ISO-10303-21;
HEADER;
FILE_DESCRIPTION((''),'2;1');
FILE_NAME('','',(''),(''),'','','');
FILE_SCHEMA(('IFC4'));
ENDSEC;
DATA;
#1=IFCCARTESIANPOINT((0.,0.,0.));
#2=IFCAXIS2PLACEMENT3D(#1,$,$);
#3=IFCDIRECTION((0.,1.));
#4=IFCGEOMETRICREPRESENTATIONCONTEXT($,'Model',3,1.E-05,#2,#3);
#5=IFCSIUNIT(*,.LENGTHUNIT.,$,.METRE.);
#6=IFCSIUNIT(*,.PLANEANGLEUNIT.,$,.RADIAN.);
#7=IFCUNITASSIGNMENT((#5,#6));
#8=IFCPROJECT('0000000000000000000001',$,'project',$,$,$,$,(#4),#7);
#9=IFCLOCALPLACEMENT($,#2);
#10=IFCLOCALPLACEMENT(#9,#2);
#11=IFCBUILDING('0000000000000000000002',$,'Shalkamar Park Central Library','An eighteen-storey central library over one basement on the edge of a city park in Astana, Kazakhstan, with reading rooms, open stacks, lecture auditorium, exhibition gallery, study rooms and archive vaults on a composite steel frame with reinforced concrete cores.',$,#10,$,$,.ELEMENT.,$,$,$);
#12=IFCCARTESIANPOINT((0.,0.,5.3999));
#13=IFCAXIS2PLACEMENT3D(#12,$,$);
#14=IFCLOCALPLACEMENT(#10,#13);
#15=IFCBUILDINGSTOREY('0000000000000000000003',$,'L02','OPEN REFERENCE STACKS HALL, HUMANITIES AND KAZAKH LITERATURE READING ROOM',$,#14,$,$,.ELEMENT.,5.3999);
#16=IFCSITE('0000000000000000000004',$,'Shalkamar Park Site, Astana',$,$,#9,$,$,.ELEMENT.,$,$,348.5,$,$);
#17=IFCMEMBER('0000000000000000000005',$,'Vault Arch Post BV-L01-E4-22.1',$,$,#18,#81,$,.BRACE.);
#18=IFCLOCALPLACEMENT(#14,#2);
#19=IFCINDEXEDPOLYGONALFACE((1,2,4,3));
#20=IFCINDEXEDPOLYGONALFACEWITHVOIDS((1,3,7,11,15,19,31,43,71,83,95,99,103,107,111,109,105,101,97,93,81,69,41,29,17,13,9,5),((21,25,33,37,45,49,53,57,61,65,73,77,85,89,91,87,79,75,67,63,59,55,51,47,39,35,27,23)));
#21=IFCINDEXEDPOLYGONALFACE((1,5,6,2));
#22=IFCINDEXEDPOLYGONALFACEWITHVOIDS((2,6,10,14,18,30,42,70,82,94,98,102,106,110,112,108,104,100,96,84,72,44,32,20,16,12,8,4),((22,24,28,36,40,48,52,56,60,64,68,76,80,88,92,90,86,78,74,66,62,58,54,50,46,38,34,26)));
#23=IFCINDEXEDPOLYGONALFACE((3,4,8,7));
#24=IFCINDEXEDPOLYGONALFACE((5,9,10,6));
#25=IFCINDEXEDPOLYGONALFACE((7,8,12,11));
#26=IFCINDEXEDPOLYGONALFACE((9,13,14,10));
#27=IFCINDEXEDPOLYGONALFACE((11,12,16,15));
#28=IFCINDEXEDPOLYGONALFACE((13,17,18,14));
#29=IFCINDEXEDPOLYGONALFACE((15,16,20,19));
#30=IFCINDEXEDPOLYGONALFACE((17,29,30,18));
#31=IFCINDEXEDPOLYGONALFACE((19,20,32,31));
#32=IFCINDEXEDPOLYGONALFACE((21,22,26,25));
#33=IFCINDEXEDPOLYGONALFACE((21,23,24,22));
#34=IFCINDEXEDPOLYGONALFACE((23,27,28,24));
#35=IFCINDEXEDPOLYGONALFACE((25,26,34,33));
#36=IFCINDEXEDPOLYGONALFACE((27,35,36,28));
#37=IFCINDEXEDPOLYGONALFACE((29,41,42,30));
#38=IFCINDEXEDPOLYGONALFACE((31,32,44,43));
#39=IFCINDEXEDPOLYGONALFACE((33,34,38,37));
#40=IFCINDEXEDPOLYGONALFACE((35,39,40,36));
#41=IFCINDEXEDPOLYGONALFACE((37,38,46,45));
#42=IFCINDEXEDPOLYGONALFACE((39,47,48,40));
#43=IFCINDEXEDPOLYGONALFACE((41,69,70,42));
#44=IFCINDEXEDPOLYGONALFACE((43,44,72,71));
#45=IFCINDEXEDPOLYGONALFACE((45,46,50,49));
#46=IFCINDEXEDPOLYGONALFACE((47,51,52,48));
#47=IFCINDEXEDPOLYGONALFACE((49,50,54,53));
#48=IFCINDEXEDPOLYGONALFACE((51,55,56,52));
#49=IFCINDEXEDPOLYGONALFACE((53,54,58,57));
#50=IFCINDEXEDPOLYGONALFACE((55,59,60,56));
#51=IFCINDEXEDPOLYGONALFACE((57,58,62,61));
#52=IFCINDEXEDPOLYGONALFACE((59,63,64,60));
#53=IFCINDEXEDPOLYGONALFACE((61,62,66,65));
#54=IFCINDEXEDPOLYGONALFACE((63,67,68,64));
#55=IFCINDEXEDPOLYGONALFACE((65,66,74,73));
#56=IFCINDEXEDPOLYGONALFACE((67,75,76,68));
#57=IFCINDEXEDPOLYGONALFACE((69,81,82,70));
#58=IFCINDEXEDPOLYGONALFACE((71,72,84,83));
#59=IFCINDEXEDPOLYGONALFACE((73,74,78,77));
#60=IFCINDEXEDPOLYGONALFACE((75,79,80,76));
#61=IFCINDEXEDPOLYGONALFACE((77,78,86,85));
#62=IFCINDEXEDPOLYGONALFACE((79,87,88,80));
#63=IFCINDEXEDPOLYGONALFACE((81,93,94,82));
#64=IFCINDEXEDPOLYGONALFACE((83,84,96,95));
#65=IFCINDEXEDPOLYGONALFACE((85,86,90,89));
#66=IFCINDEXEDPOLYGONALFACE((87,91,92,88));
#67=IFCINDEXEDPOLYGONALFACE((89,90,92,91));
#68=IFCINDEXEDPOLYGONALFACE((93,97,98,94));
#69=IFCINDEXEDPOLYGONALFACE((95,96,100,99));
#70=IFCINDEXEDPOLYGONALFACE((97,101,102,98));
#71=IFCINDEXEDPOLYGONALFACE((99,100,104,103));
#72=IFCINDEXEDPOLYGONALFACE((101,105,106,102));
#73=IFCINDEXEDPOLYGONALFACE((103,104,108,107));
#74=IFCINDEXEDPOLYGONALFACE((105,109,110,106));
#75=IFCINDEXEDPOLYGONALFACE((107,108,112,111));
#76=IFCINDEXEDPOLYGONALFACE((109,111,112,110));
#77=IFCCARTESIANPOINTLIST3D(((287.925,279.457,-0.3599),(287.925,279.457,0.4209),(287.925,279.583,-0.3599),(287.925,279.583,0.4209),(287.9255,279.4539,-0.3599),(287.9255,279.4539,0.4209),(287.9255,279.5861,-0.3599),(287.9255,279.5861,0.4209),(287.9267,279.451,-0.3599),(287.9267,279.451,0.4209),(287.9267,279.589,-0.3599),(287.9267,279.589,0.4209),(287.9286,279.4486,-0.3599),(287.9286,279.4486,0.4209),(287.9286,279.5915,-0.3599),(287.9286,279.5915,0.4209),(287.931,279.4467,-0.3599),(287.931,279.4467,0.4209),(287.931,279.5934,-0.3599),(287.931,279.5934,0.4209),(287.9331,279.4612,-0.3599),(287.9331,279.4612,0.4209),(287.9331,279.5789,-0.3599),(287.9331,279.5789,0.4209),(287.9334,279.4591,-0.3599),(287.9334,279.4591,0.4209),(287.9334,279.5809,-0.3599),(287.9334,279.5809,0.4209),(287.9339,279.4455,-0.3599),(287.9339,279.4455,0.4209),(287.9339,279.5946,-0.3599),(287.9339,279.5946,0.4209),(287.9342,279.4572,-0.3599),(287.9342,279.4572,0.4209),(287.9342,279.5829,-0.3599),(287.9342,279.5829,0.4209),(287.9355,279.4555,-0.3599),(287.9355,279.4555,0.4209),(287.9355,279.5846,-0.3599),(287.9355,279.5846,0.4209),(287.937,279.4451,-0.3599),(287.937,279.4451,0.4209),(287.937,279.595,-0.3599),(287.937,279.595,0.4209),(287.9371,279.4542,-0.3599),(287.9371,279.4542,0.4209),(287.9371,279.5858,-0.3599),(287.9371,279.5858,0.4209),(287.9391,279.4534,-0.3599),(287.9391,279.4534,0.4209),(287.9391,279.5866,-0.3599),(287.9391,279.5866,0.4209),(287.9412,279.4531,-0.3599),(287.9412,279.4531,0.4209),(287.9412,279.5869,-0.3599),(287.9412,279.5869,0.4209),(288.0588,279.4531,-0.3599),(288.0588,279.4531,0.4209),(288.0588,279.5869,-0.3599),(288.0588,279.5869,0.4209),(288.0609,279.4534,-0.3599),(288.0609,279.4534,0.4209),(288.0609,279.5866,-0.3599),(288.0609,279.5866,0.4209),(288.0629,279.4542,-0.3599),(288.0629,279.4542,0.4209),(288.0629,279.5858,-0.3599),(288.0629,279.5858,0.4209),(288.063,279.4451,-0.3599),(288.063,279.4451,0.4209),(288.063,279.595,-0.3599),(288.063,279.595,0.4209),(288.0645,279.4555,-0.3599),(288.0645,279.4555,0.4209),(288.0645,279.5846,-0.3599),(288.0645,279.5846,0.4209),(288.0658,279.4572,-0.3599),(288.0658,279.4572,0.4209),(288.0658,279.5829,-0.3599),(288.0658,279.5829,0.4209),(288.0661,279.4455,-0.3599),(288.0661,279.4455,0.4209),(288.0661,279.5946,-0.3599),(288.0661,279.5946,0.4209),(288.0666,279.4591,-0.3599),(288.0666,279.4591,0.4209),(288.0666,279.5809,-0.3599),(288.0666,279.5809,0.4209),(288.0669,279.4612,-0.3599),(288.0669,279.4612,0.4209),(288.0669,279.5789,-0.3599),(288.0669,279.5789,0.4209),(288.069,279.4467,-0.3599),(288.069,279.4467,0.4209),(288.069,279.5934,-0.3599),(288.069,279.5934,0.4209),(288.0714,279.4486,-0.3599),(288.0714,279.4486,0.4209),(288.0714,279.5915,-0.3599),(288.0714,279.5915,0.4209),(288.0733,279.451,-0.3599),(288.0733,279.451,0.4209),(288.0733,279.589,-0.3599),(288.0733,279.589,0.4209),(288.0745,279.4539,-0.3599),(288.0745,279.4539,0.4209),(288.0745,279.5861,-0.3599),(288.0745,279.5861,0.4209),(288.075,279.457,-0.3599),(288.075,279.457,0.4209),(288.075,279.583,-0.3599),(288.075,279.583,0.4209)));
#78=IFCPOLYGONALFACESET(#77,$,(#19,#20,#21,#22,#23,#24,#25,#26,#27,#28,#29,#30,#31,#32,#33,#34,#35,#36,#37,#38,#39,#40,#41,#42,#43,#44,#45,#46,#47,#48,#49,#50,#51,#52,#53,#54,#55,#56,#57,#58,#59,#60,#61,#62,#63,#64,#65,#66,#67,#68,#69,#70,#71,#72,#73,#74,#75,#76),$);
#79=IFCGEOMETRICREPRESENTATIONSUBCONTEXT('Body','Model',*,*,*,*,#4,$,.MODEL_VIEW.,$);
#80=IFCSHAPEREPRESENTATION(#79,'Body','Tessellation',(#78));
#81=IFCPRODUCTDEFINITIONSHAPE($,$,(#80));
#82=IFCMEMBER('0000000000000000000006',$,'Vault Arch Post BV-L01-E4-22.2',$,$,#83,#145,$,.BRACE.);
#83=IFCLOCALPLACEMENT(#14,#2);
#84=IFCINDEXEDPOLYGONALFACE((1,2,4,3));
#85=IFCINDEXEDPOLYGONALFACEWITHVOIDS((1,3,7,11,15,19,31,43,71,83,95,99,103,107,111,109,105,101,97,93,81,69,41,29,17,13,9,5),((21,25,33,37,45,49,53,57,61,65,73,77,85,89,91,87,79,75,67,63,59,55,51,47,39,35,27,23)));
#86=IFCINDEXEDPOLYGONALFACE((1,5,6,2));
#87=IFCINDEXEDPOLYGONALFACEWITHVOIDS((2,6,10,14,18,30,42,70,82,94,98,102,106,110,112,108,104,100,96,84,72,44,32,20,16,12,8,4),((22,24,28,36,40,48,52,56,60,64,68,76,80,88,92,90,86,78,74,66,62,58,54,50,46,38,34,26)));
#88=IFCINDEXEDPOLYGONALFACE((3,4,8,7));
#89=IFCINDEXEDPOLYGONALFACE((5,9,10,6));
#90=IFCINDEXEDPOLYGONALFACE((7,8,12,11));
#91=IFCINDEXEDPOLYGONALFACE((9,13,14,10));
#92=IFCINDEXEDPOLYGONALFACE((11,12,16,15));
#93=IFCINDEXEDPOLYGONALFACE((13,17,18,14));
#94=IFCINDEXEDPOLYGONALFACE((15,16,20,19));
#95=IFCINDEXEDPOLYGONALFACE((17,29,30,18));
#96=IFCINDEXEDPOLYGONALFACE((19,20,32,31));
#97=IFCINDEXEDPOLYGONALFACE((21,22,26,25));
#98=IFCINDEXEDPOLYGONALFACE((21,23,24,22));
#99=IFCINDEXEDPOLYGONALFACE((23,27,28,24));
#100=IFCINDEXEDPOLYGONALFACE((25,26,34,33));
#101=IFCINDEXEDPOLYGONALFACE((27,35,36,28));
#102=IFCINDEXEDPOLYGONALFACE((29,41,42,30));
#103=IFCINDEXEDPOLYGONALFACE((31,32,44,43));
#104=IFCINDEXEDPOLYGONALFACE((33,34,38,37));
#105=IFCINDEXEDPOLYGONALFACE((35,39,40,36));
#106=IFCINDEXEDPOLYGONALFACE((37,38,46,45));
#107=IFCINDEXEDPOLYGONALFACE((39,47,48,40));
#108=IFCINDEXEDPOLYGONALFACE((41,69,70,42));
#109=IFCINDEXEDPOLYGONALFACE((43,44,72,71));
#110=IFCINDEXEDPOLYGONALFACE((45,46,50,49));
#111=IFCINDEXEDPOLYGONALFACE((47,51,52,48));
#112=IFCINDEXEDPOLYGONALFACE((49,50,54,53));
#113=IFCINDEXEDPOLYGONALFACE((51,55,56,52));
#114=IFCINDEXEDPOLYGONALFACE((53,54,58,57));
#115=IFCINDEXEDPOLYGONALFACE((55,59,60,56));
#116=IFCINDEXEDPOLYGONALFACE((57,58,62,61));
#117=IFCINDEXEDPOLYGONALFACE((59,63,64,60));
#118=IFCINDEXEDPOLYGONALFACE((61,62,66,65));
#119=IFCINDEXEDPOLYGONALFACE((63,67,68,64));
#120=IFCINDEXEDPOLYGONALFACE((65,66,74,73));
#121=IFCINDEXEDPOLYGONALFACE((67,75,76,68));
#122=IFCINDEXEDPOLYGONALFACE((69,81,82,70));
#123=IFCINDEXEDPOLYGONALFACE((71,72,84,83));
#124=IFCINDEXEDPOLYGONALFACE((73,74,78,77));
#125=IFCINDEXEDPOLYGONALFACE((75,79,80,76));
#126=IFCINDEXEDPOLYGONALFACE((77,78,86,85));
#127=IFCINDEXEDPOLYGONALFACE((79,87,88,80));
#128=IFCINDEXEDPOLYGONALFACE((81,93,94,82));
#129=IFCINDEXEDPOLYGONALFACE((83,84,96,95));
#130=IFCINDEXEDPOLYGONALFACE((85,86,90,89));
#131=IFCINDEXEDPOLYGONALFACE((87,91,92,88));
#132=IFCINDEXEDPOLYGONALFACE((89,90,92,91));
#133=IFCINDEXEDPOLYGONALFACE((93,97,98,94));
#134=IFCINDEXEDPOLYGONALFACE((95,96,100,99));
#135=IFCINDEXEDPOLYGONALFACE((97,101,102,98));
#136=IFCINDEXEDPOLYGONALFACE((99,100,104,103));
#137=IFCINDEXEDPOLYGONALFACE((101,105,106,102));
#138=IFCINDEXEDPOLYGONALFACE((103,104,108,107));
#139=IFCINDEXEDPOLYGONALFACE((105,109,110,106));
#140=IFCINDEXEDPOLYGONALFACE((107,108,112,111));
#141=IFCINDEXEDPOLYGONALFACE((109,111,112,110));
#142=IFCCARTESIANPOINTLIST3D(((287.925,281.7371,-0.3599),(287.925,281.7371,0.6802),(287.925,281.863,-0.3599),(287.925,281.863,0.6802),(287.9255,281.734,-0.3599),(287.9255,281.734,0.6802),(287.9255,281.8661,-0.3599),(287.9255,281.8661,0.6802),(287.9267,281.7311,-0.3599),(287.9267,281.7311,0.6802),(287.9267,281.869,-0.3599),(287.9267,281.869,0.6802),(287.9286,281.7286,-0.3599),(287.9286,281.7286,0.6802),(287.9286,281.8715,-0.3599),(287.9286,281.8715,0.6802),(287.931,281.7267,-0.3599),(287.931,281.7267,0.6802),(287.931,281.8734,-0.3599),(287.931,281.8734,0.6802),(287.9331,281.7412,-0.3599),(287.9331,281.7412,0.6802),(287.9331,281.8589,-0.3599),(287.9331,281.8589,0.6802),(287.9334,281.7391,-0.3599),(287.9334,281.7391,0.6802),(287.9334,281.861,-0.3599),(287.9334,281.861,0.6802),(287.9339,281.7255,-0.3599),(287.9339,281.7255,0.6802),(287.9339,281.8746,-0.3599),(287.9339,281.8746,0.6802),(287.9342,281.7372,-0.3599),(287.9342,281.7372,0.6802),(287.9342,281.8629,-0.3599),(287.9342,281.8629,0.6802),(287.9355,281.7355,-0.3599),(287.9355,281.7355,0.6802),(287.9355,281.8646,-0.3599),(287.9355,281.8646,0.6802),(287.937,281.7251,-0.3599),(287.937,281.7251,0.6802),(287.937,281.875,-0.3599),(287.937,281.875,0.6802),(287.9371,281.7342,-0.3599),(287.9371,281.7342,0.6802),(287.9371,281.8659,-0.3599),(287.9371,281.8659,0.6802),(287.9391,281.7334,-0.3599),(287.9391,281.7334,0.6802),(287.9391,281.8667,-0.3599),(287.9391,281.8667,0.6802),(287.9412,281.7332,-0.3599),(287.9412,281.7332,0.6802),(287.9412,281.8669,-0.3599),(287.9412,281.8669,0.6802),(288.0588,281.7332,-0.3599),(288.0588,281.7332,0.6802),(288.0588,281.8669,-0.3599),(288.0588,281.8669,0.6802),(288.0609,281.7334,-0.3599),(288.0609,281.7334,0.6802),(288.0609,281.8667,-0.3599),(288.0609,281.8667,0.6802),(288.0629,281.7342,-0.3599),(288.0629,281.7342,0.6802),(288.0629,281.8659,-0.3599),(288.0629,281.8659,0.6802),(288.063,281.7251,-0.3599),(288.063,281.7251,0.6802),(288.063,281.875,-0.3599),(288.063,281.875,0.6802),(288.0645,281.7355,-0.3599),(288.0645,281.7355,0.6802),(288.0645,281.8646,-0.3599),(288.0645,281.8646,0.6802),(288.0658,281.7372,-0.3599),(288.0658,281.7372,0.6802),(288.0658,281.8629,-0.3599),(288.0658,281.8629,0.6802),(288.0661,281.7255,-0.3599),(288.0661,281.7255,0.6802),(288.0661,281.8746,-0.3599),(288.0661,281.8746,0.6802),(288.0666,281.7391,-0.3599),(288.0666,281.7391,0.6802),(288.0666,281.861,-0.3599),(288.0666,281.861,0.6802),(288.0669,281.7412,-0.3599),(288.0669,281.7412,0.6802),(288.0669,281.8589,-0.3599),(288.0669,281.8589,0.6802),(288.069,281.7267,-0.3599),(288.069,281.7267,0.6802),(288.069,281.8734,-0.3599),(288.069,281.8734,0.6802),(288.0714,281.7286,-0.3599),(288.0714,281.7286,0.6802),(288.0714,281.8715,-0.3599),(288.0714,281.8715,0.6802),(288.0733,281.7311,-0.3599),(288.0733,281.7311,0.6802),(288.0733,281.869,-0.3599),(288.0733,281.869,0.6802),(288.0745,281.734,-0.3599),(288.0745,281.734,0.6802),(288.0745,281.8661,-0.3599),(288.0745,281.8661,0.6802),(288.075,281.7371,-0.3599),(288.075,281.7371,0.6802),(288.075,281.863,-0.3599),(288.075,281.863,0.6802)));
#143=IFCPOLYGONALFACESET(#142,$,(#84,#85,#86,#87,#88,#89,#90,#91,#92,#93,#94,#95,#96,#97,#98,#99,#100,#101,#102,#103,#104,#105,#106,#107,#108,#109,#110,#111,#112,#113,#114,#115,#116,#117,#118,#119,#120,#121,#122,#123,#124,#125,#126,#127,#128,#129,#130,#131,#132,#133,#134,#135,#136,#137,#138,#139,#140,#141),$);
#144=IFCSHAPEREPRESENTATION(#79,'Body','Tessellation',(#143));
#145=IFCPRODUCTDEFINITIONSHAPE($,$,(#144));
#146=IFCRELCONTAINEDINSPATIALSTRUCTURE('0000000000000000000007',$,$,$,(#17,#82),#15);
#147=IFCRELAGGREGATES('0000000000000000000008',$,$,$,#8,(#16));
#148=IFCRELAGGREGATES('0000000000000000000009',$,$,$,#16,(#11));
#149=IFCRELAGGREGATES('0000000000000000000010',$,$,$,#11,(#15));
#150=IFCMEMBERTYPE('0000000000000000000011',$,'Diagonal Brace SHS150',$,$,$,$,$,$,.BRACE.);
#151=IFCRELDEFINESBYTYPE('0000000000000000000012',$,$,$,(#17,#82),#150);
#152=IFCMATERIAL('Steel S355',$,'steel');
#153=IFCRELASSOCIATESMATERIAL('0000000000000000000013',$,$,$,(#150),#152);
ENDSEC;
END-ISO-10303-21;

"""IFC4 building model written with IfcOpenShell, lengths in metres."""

from ifc_helpers import new_model, si_unit, direction, frame, origin, origin_2d, place, context, subcontext, project, spatial, hollow_rectangle, extrude, material, material_profile, profile_set, type_object, element, save


model = new_model("IFC4")

# Units and contexts
model_context = context("Model", 3, precision=1e-05, world=origin(), true_north=direction((0.0, 1.0)))
body_context = subcontext(model_context, "Body", "Model", "MODEL_VIEW")
ifc_project = project(units=[si_unit("LENGTHUNIT", "METRE"), si_unit("PLANEANGLEUNIT", "RADIAN")], contexts=[model_context])

# Site, building, storey
site_placement = place(None, origin())
site = spatial("IfcSite", under=ifc_project, at=site_placement, Name="Shalkamar Park Site, Astana", CompositionType="ELEMENT", RefElevation=348.5)
building_placement = place(site_placement, origin())
building = spatial("IfcBuilding", under=site, at=building_placement, Name="Shalkamar Park Central Library", Description="An eighteen-storey central library over one basement on the edge of a city park in Astana, Kazakhstan, with reading rooms, open stacks, lecture auditorium, exhibition gallery, study rooms and archive vaults on a composite steel frame with reinforced concrete cores.", CompositionType="ELEMENT")
storey_placement = place(building_placement, frame((0.0, 0.0, 5.3999)))
storey = spatial("IfcBuildingStorey", under=building, at=storey_placement, Name="L02", Description="OPEN REFERENCE STACKS HALL, HUMANITIES AND KAZAKH LITERATURE READING ROOM", CompositionType="ELEMENT", Elevation=5.3999)

# Shared definitions
ifc_material_1 = material(Name="Steel S355", Category="steel")

# Members
ifc_material_profile_1 = material_profile(ifc_material_1, hollow_rectangle(XDim=0.1499, YDim=0.1499, WallThickness=0.0081, InnerFilletRadius=0.0081, OuterFilletRadius=0.012, at=origin_2d()), Name="SHS 150x150x8")
ifc_profile_set_1 = profile_set([ifc_material_profile_1], Name="Steel S355")
member_type_1 = type_object("IfcMemberType", Name="Diagonal Brace SHS150", PredefinedType="BRACE", material=ifc_profile_set_1)
for number, where, z_axis, x_axis, name in (
    (1, (288.0, 279.52, -0.3599), (0.0, 0.0, 1.0), (1.0, 0.0, 0.0), "Vault Arch Post BV-L01-E4-22.1"),
):
    element("IfcMember", number, at=place(storey_placement, frame(where, z_axis=z_axis, x_axis=x_axis)), inside=storey, type_object=member_type_1, Name=name, PredefinedType="BRACE", context=body_context, shape_type="SweptSolid", body=[
        extrude(hollow_rectangle(XDim=0.1499, YDim=0.1499, WallThickness=0.0081, InnerFilletRadius=0.0081, OuterFilletRadius=0.012, at=origin_2d()), origin(), (0.0, 0.0, 1.0), 0.7808),
    ])
member_1_placement = place(storey_placement, frame((288.0, 281.8, -0.3599), z_axis=(0.0, 0.0, 1.0), x_axis=(1.0, 0.0, 0.0)))
element("IfcMember", 2, at=member_1_placement, inside=storey, type_object=member_type_1, Name="Vault Arch Post BV-L01-E4-22.2", PredefinedType="BRACE", context=body_context, shape_type="SweptSolid", body=[
    extrude(hollow_rectangle(XDim=0.1499, YDim=0.1499, WallThickness=0.0081, InnerFilletRadius=0.0081, OuterFilletRadius=0.012, at=origin_2d()), origin(), (0.0, 0.0, 1.0), 1.04),
])

save(model, "model.ifc")
